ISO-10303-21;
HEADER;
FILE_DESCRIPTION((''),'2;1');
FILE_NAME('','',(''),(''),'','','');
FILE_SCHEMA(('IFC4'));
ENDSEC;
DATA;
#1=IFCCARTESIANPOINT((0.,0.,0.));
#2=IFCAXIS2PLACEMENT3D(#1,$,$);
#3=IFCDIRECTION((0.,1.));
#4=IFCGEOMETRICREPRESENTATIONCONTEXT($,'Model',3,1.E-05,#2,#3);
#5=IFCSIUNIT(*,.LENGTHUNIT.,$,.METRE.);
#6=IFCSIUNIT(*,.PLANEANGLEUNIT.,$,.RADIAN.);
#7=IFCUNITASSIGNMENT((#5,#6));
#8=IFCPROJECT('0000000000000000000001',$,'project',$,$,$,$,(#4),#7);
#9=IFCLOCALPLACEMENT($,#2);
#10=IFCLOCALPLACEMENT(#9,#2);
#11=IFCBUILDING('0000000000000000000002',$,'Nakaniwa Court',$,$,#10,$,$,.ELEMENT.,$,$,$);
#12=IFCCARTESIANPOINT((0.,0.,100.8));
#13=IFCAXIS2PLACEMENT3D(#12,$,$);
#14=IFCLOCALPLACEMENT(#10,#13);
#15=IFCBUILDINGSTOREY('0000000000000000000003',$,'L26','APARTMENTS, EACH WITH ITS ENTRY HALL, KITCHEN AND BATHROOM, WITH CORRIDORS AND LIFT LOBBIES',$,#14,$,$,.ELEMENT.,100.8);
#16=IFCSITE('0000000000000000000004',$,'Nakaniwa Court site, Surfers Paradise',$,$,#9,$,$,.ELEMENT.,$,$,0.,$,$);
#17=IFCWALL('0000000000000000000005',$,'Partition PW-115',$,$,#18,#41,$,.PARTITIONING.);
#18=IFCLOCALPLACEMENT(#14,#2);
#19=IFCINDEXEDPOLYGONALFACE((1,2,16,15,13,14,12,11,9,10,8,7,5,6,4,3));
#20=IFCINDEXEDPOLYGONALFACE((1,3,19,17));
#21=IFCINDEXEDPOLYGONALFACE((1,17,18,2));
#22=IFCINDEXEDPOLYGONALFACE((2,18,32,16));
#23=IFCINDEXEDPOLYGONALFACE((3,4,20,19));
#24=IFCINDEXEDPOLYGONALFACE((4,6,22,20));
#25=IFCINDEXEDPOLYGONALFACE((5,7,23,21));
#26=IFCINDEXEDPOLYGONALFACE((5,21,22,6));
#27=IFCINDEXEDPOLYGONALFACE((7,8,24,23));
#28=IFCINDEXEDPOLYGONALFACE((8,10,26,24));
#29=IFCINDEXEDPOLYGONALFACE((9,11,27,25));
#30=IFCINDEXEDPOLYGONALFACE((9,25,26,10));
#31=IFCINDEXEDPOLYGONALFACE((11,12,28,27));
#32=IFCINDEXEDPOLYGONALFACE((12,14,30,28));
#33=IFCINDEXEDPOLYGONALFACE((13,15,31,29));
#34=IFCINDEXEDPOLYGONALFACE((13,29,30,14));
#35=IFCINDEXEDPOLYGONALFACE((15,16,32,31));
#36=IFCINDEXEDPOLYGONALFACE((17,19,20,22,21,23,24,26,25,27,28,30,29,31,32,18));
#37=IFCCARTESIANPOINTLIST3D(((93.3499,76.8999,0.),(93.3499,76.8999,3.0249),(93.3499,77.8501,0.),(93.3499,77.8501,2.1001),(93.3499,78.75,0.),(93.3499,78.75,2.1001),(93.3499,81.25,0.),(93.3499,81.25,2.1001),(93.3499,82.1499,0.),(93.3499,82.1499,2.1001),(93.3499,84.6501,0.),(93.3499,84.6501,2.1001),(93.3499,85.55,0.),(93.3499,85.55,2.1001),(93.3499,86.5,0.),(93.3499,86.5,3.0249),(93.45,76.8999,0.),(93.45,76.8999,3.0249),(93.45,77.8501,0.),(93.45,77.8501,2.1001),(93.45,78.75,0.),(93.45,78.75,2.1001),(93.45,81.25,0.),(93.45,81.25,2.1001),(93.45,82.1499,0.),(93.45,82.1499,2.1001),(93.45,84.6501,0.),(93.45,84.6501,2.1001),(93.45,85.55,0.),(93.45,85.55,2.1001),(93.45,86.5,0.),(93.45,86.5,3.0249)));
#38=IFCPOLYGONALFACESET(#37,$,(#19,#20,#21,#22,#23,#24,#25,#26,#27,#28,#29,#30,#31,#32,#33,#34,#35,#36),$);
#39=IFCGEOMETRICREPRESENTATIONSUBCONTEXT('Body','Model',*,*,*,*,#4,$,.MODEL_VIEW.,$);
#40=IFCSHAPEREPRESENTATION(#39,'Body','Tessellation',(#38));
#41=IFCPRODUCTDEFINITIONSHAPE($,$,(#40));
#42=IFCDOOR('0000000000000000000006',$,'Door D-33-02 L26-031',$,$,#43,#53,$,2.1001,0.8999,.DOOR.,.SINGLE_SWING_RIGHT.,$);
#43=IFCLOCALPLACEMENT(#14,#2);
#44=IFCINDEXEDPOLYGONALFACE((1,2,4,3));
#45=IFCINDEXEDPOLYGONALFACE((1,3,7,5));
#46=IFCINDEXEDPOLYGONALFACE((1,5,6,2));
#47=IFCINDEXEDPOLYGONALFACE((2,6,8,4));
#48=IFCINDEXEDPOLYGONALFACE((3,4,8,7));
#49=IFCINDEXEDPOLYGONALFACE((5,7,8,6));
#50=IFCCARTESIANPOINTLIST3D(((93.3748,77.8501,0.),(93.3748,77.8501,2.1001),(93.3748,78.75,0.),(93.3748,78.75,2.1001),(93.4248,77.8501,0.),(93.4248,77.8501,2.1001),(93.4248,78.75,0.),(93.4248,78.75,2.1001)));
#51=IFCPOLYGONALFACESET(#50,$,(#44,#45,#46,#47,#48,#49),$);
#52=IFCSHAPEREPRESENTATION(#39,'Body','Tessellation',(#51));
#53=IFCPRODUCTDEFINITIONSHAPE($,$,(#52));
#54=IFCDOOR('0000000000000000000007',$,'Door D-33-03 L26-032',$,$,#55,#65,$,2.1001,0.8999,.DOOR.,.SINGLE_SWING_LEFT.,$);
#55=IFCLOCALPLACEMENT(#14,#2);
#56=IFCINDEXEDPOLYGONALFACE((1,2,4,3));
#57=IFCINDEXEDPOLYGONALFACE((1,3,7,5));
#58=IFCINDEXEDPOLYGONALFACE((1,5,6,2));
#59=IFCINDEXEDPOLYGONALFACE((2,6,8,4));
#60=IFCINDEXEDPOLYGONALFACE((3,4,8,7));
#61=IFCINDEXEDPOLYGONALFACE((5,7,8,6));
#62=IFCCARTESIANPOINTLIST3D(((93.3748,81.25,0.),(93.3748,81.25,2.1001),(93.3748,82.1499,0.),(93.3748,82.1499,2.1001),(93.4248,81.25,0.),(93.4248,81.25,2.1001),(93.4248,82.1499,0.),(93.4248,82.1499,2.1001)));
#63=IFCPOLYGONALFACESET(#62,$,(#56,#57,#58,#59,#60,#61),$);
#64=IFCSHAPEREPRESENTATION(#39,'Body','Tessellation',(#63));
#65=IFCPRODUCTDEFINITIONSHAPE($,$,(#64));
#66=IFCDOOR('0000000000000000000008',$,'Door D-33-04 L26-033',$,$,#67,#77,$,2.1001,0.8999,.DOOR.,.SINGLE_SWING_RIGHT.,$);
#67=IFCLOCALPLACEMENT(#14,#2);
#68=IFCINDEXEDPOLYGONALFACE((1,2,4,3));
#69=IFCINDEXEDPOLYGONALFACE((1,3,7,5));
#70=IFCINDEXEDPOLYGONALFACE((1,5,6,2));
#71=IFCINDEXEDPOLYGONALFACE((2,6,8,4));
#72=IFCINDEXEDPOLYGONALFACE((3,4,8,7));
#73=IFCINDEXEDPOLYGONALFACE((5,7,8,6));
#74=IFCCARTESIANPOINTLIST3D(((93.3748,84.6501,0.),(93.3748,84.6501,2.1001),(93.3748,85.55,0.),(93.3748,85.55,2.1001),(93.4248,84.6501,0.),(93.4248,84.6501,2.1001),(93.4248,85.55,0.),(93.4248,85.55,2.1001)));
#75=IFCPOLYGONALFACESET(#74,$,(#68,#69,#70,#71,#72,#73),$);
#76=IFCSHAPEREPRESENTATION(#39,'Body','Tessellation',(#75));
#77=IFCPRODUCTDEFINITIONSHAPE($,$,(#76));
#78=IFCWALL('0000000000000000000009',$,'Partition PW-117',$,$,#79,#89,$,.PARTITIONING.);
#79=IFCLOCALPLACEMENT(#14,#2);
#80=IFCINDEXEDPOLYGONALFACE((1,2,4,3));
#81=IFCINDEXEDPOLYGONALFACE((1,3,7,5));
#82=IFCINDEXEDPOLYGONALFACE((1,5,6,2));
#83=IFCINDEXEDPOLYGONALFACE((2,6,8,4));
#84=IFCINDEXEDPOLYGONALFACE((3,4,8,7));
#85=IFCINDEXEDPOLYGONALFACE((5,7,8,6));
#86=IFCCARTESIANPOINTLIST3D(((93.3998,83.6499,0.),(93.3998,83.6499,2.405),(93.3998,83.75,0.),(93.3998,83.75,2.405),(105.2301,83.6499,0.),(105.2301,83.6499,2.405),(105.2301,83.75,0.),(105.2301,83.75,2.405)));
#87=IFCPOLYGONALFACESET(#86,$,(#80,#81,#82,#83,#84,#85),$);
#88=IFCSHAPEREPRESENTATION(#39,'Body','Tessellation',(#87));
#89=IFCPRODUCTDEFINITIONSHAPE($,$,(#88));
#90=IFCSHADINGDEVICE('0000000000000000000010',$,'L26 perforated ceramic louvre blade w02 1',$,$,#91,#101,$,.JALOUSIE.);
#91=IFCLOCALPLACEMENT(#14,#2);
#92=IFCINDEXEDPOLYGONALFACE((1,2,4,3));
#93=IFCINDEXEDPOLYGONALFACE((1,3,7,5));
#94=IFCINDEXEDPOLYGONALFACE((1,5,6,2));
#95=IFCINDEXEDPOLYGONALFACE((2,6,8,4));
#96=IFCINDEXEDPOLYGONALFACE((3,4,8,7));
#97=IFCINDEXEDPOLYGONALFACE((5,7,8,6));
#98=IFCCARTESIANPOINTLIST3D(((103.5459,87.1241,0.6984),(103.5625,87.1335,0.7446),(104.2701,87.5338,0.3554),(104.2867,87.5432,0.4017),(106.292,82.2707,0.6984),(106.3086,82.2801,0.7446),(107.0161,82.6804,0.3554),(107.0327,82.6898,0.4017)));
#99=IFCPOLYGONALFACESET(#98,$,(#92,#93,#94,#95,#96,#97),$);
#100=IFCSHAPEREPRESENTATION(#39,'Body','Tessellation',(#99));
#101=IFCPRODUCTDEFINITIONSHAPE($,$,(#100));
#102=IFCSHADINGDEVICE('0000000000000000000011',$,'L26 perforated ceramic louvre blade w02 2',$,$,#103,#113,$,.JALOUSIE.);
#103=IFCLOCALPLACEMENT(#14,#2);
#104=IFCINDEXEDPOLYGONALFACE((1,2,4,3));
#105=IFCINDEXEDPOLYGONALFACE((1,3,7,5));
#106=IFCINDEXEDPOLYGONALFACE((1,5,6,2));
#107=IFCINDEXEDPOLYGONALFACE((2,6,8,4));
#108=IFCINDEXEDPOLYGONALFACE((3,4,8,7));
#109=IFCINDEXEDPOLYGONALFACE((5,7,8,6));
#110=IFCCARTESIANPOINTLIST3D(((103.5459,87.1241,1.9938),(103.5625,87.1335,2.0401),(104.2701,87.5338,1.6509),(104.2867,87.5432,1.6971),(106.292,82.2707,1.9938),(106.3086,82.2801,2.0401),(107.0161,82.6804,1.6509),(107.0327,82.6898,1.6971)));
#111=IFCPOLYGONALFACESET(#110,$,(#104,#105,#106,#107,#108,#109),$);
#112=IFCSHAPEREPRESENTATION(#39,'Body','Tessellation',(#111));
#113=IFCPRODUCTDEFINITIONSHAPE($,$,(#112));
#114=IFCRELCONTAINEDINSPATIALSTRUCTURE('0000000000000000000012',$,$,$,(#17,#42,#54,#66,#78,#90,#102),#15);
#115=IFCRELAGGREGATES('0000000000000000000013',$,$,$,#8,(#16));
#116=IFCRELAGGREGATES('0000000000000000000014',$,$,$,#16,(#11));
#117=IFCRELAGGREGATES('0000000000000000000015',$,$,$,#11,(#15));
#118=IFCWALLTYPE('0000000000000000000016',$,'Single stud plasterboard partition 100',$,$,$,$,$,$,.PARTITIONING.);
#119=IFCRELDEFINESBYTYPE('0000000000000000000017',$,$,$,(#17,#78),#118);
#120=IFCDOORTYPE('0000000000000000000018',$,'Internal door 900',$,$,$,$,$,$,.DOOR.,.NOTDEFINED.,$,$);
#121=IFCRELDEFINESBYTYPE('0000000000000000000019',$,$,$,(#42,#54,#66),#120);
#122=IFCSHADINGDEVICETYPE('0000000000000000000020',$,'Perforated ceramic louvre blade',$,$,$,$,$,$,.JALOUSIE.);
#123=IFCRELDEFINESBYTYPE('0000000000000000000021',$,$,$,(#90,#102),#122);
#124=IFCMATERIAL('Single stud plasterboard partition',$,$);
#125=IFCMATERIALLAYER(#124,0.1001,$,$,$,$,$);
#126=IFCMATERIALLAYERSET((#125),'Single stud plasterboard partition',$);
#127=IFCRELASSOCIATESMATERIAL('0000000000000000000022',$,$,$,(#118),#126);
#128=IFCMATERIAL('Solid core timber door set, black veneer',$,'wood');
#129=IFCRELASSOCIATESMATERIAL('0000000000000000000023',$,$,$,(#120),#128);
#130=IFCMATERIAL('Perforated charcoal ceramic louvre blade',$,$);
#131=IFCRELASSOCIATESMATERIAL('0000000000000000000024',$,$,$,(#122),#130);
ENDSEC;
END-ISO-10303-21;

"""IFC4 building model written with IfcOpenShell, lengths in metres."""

from ifc_helpers import new_model, si_unit, direction, frame, frame_2d, origin, origin_2d, place, context, subcontext, project, spatial, rectangle, extrude, material, layer, layer_set, material_profile, profile_set, type_object, element, fill, save


model = new_model("IFC4")

# Units and contexts
model_context = context("Model", 3, precision=1e-05, world=origin(), true_north=direction((0.0, 1.0)))
body_context = subcontext(model_context, "Body", "Model", "MODEL_VIEW")
ifc_project = project(units=[si_unit("LENGTHUNIT", "METRE"), si_unit("PLANEANGLEUNIT", "RADIAN")], contexts=[model_context])

# Site, building, storey
site_placement = place(None, origin())
site = spatial("IfcSite", under=ifc_project, at=site_placement, Name="Nakaniwa Court site, Surfers Paradise", CompositionType="ELEMENT", RefElevation=0.0)
building_placement = place(site_placement, origin())
building = spatial("IfcBuilding", under=site, at=building_placement, Name="Nakaniwa Court", CompositionType="ELEMENT")
storey_placement = place(building_placement, frame((0.0, 0.0, 100.8)))
storey = spatial("IfcBuildingStorey", under=building, at=storey_placement, Name="L26", Description="APARTMENTS, EACH WITH ITS ENTRY HALL, KITCHEN AND BATHROOM, WITH CORRIDORS AND LIFT LOBBIES", CompositionType="ELEMENT", Elevation=100.8)

# Shared definitions
ifc_material_1 = material(Name="Single stud plasterboard partition")
ifc_layer_1 = layer(ifc_material_1, 0.1001)
ifc_layer_set_1 = layer_set([ifc_layer_1], Name="Single stud plasterboard partition")
wall_type_1 = type_object("IfcWallType", Name="Single stud plasterboard partition 100", PredefinedType="PARTITIONING", material=ifc_layer_set_1)

# Wall, openings, doors
wall_1_placement = place(storey_placement, frame((93.3999, 86.5, 0.0), z_axis=(0.0, 0.0, 1.0), x_axis=(0.0, -1.0, 0.0)))
wall_1 = element("IfcWall", 1, at=wall_1_placement, inside=storey, type_object=wall_type_1, Name="Partition PW-115", PredefinedType="PARTITIONING", context=body_context, shape_type="SweptSolid", body=[
    extrude(rectangle(XDim=9.6001, YDim=0.1001, at=frame_2d((4.8, 0.0))), origin(), (0.0, 0.0, 1.0), 3.0249),
])
opening_1_placement = place(wall_1_placement, frame((7.75, 0.0, 0.0)))
opening_1 = element("IfcOpeningElement", 2, at=opening_1_placement, cuts=wall_1, PredefinedType="OPENING", context=body_context, shape_type="SweptSolid", body=[
    extrude(rectangle(XDim=0.8999, YDim=2.1001, at=frame_2d((0.45, 1.05))), frame((0.0, 0.0601, 0.0), z_axis=(0.0, -1.0, 0.0), x_axis=(1.0, 0.0, 0.0)), (0.0, 0.0, 1.0), 0.1201),
])
opening_2_placement = place(wall_1_placement, frame((4.3501, 0.0, 0.0)))
opening_2 = element("IfcOpeningElement", 3, at=opening_2_placement, cuts=wall_1, PredefinedType="OPENING", context=body_context, shape_type="SweptSolid", body=[
    extrude(rectangle(XDim=0.8999, YDim=2.1001, at=frame_2d((0.45, 1.05))), frame((0.0, 0.0601, 0.0), z_axis=(0.0, -1.0, 0.0), x_axis=(1.0, 0.0, 0.0)), (0.0, 0.0, 1.0), 0.1201),
])
opening_3_placement = place(wall_1_placement, frame((0.95, 0.0, 0.0)))
opening_3 = element("IfcOpeningElement", 4, at=opening_3_placement, cuts=wall_1, PredefinedType="OPENING", context=body_context, shape_type="SweptSolid", body=[
    extrude(rectangle(XDim=0.8999, YDim=2.1001, at=frame_2d((0.45, 1.05))), frame((0.0, 0.0601, 0.0), z_axis=(0.0, -1.0, 0.0), x_axis=(1.0, 0.0, 0.0)), (0.0, 0.0, 1.0), 0.1201),
])
ifc_material_2 = material(Name="Solid core timber door set, black veneer", Category="wood")
door_type = type_object("IfcDoorType", Name="Internal door 900", OperationType="NOTDEFINED", PredefinedType="DOOR", material=ifc_material_2)
door_1_placement = place(opening_1_placement, origin())
door_1 = element("IfcDoor", 5, at=door_1_placement, inside=storey, type_object=door_type, Name="Door D-33-02 L26-031", OperationType="SINGLE_SWING_RIGHT", OverallHeight=2.1001, OverallWidth=0.8999, PredefinedType="DOOR", context=body_context, shape_type="SweptSolid", body=[
    extrude(rectangle(XDim=0.8999, YDim=2.1001, at=frame_2d((0.45, 1.05))), frame((0.0, 0.0249, 0.0), z_axis=(0.0, -1.0, 0.0), x_axis=(1.0, 0.0, 0.0)), (0.0, 0.0, 1.0), 0.05),
])
fill(opening_1, door_1)
door_2_placement = place(opening_2_placement, origin())
door_2 = element("IfcDoor", 6, at=door_2_placement, inside=storey, type_object=door_type, Name="Door D-33-03 L26-032", OperationType="SINGLE_SWING_LEFT", OverallHeight=2.1001, OverallWidth=0.8999, PredefinedType="DOOR", context=body_context, shape_type="SweptSolid", body=[
    extrude(rectangle(XDim=0.8999, YDim=2.1001, at=frame_2d((0.45, 1.05))), frame((0.0, 0.0249, 0.0), z_axis=(0.0, -1.0, 0.0), x_axis=(1.0, 0.0, 0.0)), (0.0, 0.0, 1.0), 0.05),
])
fill(opening_2, door_2)
door_3_placement = place(opening_3_placement, origin())
door_3 = element("IfcDoor", 7, at=door_3_placement, inside=storey, type_object=door_type, Name="Door D-33-04 L26-033", OperationType="SINGLE_SWING_RIGHT", OverallHeight=2.1001, OverallWidth=0.8999, PredefinedType="DOOR", context=body_context, shape_type="SweptSolid", body=[
    extrude(rectangle(XDim=0.8999, YDim=2.1001, at=frame_2d((0.45, 1.05))), frame((0.0, 0.0249, 0.0), z_axis=(0.0, -1.0, 0.0), x_axis=(1.0, 0.0, 0.0)), (0.0, 0.0, 1.0), 0.05),
])
fill(opening_3, door_3)

# Wall
wall_2_placement = place(storey_placement, frame((93.3999, 83.7, 0.0), z_axis=(0.0, 0.0, 1.0), x_axis=(1.0, 0.0, 0.0)))
element("IfcWall", 8, at=wall_2_placement, inside=storey, type_object=wall_type_1, Name="Partition PW-117", PredefinedType="PARTITIONING", context=body_context, shape_type="SweptSolid", body=[
    extrude(rectangle(XDim=11.8303, YDim=0.1001, at=frame_2d((5.915, 0.0))), origin(), (0.0, 0.0, 1.0), 2.405),
])

# Shading devices
ifc_material_3 = material(Name="Perforated charcoal ceramic louvre blade")
ifc_material_profile_1 = material_profile(ifc_material_3, rectangle(XDim=0.8999, YDim=0.05, at=origin_2d()), Name="Perforated ceramic louvre blade")
ifc_profile_set_1 = profile_set([ifc_material_profile_1], Name="Perforated charcoal ceramic louvre blade")
shading_device_type = type_object("IfcShadingDeviceType", Name="Perforated ceramic louvre blade", PredefinedType="JALOUSIE", material=ifc_profile_set_1)
for number, where, z_axis, x_axis, name in (
    (9, (106.6624, 82.4802, 0.55), (-0.492438, 0.870347, 0.0), (-0.804676, -0.455282, 0.38107), "L26 perforated ceramic louvre blade w02 1"),
    (10, (106.6624, 82.4802, 1.8455), (-0.492438, 0.870347, 0.0), (-0.804676, -0.455282, 0.38107), "L26 perforated ceramic louvre blade w02 2"),
):
    element("IfcShadingDevice", number, at=place(storey_placement, frame(where, z_axis=z_axis, x_axis=x_axis)), inside=storey, type_object=shading_device_type, Name=name, PredefinedType="JALOUSIE", context=body_context, shape_type="SweptSolid", body=[
        extrude(rectangle(XDim=0.8999, YDim=0.05, at=origin_2d()), origin(), (0.0, 0.0, 1.0), 5.5764),
    ])

save(model, "model.ifc")
